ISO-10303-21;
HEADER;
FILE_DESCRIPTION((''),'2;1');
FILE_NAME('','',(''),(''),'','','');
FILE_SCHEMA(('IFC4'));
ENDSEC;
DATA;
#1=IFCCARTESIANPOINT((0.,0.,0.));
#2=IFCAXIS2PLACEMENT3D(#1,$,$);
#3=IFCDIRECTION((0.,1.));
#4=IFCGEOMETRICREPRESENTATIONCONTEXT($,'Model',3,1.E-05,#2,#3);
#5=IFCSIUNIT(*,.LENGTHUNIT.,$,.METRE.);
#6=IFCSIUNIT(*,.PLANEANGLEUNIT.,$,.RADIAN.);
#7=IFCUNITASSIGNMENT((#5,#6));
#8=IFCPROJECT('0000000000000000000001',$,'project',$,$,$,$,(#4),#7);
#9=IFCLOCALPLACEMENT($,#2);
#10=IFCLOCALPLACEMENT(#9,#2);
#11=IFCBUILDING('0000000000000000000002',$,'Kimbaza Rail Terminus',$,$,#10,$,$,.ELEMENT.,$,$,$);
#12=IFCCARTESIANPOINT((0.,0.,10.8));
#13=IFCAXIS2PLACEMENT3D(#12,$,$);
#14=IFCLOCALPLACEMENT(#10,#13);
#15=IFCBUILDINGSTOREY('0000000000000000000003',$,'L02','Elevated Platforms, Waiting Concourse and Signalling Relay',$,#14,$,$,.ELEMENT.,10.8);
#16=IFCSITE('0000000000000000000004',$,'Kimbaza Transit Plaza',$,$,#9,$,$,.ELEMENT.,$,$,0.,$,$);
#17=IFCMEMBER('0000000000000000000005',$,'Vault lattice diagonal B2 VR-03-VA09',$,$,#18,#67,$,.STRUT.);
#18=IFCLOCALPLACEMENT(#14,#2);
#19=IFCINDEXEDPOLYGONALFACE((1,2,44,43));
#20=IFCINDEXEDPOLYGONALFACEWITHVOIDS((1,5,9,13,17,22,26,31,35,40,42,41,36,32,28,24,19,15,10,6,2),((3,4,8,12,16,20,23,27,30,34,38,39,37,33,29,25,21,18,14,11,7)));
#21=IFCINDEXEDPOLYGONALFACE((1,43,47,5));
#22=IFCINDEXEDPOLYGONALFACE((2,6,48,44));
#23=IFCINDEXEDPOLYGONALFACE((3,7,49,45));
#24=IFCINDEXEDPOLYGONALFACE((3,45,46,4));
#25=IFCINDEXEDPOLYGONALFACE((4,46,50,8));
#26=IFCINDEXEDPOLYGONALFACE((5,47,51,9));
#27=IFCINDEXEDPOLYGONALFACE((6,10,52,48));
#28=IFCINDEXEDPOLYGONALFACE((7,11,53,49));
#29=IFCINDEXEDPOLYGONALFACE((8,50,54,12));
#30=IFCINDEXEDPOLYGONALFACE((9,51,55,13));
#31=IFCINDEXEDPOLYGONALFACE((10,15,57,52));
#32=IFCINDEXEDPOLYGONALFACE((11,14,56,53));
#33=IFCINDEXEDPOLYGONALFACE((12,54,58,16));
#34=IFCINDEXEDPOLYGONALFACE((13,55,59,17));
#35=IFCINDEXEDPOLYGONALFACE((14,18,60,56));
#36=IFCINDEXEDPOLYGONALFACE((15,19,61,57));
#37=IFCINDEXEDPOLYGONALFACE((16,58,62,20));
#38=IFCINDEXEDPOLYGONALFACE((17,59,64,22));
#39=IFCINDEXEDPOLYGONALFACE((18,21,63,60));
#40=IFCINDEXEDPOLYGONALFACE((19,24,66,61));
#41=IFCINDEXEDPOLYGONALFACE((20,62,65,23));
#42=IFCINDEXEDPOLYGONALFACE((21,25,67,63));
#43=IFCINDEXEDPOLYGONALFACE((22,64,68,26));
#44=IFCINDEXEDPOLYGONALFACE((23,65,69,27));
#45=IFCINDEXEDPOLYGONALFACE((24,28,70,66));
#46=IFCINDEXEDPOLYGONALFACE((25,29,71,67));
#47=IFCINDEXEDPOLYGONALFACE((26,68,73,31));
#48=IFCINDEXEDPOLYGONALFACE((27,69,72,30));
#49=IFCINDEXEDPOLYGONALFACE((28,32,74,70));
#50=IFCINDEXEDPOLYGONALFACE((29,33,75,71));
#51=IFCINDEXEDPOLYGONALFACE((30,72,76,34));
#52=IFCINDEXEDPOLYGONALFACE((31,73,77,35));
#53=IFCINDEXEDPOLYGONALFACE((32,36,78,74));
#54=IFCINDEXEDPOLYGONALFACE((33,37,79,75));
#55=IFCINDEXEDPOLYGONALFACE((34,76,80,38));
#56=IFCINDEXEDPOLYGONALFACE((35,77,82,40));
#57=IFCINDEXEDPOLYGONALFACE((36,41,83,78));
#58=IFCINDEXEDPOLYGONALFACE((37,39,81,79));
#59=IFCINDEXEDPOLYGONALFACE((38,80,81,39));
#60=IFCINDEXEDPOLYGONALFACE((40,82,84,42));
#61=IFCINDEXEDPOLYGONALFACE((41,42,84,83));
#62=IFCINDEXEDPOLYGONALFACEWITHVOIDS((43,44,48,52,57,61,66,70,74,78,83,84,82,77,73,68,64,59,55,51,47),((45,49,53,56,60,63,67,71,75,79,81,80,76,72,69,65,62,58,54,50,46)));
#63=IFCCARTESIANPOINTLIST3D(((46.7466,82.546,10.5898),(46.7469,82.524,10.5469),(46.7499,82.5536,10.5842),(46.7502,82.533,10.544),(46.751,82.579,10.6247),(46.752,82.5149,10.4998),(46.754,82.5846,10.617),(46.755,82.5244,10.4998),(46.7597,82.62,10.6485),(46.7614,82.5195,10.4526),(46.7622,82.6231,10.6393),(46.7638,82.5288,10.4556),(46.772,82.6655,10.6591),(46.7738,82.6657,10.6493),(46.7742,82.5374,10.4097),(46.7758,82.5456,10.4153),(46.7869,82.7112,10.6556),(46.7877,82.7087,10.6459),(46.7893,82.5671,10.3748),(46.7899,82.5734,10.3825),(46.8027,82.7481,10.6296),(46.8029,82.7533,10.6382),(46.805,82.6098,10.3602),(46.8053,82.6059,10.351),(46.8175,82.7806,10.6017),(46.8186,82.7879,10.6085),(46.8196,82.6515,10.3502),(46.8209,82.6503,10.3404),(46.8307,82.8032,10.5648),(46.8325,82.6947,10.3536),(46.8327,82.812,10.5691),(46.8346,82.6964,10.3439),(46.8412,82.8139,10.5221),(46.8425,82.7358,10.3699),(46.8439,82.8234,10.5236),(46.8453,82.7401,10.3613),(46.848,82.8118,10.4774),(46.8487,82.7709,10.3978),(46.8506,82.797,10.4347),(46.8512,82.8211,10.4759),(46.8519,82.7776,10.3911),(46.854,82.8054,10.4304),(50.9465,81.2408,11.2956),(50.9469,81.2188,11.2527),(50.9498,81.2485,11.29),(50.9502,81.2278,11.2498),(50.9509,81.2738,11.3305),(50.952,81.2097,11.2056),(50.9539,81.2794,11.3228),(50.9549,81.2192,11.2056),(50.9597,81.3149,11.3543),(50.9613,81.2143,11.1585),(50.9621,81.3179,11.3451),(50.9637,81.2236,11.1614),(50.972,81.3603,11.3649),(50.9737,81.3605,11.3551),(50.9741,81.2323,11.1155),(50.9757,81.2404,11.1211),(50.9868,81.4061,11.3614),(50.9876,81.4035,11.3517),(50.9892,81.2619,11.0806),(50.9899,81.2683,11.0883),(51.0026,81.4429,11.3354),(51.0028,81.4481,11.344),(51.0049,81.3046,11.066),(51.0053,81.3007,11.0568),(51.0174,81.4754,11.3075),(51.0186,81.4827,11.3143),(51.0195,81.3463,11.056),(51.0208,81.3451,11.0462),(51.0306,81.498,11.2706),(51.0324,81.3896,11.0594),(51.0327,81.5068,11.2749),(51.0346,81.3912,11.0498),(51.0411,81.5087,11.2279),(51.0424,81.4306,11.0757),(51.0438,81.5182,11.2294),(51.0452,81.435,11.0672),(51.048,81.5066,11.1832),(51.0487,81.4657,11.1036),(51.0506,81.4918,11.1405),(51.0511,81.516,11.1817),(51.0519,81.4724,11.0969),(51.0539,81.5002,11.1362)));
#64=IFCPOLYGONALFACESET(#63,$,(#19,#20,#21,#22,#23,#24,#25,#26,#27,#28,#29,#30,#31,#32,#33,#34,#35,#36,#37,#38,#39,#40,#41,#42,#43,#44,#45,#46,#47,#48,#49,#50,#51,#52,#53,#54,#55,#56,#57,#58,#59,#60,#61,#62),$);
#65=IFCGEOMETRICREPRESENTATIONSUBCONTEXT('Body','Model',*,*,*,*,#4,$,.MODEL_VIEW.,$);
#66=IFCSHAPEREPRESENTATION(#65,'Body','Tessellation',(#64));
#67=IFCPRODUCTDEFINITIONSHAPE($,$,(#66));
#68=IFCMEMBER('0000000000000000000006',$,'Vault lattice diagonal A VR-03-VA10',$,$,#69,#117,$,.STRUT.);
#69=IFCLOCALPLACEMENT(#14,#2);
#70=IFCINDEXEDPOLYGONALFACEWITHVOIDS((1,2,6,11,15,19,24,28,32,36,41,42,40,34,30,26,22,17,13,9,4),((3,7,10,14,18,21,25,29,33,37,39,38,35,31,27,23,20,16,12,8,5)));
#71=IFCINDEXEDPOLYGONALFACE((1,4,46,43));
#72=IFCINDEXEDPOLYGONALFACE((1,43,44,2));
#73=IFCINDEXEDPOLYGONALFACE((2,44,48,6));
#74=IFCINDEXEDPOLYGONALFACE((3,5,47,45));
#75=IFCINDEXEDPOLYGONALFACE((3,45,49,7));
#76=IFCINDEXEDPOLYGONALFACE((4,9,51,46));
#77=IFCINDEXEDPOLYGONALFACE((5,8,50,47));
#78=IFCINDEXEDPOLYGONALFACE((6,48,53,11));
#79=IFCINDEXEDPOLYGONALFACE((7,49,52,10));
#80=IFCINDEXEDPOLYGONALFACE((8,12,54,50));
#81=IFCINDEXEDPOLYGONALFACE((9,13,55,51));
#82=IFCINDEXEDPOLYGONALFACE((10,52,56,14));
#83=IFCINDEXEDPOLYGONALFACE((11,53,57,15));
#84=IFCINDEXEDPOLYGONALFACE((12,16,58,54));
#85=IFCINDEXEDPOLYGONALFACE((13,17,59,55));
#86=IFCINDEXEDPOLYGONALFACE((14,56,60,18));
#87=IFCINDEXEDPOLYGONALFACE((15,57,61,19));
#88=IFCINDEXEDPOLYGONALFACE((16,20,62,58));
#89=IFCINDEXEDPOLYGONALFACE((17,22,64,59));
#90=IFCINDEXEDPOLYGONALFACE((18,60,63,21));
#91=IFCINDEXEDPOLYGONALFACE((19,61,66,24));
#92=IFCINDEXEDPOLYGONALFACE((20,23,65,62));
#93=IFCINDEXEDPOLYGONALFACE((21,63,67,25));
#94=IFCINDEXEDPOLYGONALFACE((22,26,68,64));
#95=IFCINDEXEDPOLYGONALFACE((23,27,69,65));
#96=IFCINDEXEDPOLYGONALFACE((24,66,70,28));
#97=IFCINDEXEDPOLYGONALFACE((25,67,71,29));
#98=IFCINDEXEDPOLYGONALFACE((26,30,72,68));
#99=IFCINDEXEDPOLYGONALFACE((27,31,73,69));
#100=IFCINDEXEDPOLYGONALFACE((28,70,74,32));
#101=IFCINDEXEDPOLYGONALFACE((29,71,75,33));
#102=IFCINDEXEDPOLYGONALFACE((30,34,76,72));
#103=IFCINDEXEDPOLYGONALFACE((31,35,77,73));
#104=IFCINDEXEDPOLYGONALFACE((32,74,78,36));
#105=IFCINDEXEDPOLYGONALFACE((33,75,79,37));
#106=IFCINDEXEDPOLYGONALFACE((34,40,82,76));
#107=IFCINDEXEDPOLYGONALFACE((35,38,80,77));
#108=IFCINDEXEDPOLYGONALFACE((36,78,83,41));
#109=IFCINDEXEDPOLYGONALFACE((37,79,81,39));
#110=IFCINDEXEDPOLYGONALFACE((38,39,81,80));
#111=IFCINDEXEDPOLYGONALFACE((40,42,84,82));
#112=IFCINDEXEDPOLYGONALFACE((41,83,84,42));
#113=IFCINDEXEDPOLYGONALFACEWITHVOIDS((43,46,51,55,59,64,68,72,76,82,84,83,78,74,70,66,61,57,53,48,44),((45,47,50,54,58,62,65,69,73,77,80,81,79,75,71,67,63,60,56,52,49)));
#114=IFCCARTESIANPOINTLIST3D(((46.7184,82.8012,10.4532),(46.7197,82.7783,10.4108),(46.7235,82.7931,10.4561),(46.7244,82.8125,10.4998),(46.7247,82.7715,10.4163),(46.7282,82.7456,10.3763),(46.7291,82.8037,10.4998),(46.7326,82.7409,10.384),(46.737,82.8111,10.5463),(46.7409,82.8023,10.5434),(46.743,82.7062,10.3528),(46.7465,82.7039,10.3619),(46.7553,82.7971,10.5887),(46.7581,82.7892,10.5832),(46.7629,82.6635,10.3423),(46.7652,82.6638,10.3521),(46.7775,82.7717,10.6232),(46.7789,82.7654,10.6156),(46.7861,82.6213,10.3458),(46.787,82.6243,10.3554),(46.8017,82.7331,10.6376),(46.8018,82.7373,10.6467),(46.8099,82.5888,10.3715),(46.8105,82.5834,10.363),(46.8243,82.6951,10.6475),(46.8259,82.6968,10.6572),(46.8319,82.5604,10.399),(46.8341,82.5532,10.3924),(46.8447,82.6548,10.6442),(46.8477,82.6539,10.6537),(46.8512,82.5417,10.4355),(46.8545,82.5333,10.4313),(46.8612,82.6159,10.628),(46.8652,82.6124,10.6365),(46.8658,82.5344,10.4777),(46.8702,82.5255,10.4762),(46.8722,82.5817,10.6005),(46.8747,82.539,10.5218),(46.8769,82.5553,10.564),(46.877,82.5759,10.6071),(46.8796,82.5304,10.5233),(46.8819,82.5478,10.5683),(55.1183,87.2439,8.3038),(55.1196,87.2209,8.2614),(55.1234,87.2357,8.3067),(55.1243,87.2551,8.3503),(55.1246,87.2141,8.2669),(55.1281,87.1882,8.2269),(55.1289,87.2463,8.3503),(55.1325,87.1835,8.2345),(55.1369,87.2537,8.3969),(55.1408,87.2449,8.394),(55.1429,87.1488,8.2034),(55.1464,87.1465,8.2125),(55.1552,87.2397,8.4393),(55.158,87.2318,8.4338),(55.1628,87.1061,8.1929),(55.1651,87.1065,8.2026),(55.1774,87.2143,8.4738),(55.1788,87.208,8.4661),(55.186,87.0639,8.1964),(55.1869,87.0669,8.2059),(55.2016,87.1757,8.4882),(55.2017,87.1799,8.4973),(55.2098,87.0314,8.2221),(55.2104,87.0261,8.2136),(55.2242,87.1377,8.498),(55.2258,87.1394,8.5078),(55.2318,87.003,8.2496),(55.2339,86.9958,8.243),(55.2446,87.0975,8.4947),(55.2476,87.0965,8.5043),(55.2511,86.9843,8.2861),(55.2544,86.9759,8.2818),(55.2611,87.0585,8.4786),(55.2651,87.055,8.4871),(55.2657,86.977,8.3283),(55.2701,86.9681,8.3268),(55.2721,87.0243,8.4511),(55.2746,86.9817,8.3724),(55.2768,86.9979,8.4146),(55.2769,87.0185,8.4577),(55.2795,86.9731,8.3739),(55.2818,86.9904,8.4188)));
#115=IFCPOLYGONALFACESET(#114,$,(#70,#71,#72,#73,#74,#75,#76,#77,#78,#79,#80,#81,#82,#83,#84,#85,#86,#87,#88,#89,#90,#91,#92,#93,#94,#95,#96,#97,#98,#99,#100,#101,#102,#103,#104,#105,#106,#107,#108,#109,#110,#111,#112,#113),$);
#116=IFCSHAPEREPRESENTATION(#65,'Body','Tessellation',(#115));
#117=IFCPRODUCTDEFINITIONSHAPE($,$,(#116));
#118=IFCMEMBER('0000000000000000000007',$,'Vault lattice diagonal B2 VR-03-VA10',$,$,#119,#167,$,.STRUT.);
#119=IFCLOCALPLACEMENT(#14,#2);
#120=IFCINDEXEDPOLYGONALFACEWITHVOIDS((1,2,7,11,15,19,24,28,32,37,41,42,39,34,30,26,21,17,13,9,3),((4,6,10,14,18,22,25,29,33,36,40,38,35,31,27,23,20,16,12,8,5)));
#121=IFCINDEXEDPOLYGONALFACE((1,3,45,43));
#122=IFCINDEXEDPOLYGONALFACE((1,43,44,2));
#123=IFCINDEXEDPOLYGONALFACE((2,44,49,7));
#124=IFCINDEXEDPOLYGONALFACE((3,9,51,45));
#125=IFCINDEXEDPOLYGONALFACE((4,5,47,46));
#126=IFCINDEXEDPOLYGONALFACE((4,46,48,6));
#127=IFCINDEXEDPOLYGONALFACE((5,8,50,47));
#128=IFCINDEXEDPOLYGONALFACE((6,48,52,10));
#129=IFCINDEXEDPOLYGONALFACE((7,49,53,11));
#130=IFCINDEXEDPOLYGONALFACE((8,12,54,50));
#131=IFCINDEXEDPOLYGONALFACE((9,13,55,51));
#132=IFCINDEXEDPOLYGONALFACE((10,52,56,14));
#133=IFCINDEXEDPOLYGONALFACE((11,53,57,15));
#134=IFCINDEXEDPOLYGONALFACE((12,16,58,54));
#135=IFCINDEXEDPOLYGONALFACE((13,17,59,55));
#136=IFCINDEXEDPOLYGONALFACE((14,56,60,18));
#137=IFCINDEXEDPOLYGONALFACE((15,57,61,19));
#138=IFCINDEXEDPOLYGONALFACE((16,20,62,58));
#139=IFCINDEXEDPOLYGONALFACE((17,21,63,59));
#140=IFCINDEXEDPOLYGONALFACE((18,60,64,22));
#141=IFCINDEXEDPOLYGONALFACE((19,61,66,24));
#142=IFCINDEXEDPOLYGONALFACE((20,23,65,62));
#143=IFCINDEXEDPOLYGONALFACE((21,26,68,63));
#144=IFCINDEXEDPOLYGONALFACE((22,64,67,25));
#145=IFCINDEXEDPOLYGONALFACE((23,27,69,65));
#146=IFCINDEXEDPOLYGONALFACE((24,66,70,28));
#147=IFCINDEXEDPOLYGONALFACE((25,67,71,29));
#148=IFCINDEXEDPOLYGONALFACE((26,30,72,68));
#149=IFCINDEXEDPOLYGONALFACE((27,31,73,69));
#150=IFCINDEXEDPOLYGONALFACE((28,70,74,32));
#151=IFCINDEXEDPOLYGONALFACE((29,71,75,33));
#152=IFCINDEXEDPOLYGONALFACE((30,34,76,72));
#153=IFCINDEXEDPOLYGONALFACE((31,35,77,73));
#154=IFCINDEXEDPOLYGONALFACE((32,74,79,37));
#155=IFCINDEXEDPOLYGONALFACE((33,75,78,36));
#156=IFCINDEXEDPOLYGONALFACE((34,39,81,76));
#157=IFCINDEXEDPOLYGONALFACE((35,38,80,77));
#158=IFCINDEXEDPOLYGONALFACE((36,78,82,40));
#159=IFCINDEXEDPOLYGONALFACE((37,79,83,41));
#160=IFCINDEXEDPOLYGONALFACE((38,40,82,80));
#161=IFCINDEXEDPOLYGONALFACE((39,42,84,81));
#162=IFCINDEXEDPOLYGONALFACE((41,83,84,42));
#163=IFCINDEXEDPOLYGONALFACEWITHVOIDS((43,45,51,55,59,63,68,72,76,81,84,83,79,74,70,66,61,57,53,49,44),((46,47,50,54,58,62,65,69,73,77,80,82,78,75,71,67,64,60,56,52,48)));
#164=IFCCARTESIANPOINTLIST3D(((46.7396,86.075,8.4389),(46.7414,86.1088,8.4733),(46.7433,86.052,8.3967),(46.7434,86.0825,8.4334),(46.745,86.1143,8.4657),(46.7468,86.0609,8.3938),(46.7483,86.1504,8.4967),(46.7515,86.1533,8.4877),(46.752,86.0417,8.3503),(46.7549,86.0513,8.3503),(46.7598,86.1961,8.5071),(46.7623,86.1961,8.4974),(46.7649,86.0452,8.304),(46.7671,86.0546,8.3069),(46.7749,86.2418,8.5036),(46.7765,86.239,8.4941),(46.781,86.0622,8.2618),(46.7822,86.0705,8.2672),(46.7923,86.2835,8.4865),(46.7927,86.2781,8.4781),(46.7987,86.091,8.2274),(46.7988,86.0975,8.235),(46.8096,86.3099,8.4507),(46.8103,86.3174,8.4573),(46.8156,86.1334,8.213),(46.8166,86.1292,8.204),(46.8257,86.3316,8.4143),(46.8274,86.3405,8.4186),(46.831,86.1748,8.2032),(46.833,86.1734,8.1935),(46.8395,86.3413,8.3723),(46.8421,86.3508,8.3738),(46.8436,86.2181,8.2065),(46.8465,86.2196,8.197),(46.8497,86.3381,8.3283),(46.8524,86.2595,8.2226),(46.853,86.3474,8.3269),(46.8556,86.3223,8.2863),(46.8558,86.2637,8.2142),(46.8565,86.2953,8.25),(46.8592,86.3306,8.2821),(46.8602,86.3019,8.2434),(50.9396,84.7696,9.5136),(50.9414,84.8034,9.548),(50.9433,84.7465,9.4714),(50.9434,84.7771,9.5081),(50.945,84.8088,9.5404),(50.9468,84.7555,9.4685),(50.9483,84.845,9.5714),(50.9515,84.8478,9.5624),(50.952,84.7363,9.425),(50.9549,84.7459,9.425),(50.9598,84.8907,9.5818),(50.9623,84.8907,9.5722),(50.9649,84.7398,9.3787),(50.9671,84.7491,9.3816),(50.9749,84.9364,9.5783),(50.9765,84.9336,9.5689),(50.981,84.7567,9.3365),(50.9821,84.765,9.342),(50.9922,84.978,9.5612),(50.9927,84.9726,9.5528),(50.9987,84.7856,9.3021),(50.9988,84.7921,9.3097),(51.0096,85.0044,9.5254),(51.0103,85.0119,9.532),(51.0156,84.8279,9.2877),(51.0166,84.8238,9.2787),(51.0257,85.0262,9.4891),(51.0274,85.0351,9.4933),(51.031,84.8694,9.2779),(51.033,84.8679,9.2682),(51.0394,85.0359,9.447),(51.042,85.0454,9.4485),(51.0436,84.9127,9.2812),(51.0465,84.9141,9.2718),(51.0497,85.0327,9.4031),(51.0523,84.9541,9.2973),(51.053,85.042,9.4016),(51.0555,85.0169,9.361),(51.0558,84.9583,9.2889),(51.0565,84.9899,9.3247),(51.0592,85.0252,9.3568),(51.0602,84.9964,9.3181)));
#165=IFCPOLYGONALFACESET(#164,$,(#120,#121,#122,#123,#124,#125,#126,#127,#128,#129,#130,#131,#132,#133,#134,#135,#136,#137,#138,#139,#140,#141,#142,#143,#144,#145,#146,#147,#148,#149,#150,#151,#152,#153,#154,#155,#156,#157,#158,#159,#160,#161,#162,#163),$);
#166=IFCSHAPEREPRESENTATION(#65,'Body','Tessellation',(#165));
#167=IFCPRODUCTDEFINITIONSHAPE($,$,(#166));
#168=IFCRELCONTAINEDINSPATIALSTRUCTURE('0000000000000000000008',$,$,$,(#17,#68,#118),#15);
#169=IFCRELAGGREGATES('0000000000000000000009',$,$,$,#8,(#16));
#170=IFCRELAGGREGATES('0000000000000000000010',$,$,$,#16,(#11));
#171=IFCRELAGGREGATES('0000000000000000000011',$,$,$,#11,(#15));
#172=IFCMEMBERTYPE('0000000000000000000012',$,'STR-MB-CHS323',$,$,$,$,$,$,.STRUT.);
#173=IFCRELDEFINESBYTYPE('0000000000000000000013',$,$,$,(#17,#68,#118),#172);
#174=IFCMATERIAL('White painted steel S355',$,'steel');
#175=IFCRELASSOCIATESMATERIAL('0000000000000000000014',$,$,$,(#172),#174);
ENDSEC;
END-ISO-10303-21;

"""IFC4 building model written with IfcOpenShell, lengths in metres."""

from ifc_helpers import new_model, si_unit, direction, frame, origin, origin_2d, place, context, subcontext, project, spatial, hollow_circle, extrude, material, material_profile, profile_set, type_object, element, save


model = new_model("IFC4")

# Units and contexts
model_context = context("Model", 3, precision=1e-05, world=origin(), true_north=direction((0.0, 1.0)))
body_context = subcontext(model_context, "Body", "Model", "MODEL_VIEW")
ifc_project = project(units=[si_unit("LENGTHUNIT", "METRE"), si_unit("PLANEANGLEUNIT", "RADIAN")], contexts=[model_context])

# Site, building, storey
site_placement = place(None, origin())
site = spatial("IfcSite", under=ifc_project, at=site_placement, Name="Kimbaza Transit Plaza", CompositionType="ELEMENT", RefElevation=0.0)
building_placement = place(site_placement, origin())
building = spatial("IfcBuilding", under=site, at=building_placement, Name="Kimbaza Rail Terminus", CompositionType="ELEMENT")
storey_placement = place(building_placement, frame((0.0, 0.0, 10.8)))
storey = spatial("IfcBuildingStorey", under=building, at=storey_placement, Name="L02", Description="Elevated Platforms, Waiting Concourse and Signalling Relay", CompositionType="ELEMENT", Elevation=10.8)

# Members
ifc_material_1 = material(Name="White painted steel S355", Category="steel")
ifc_material_profile_1 = material_profile(ifc_material_1, hollow_circle(Radius=0.1619, WallThickness=0.01, at=origin_2d()), Name="CHS 323.9x10")
ifc_profile_set_1 = profile_set([ifc_material_profile_1], Name="White painted steel S355")
member_type_1 = type_object("IfcMemberType", Name="STR-MB-CHS323", PredefinedType="STRUT", material=ifc_profile_set_1)
member_1_placement = place(storey_placement, frame((51.0, 81.3643, 11.2056), z_axis=(-0.942887, 0.293011, -0.158454), x_axis=(-0.296761, -0.954952, 0.0)))
element("IfcMember", 1, at=member_1_placement, inside=storey, type_object=member_type_1, Name="Vault lattice diagonal B2 VR-03-VA09", PredefinedType="STRUT", context=body_context, shape_type="SweptSolid", body=[
    extrude(hollow_circle(Radius=0.1619, WallThickness=0.01, at=origin_2d()), origin(), (0.0, 0.0, 1.0), 4.4543),
])
member_2_placement = place(storey_placement, frame((46.8, 82.6694, 10.4998), z_axis=(0.862196, 0.456007, -0.220624), x_axis=(-0.467528, 0.883978, 0.0)))
element("IfcMember", 2, at=member_2_placement, inside=storey, type_object=member_type_1, Name="Vault lattice diagonal A VR-03-VA10", PredefinedType="STRUT", context=body_context, shape_type="SweptSolid", body=[
    extrude(hollow_circle(Radius=0.1619, WallThickness=0.01, at=origin_2d()), origin(), (0.0, 0.0, 1.0), 9.7424),
])
member_3_placement = place(storey_placement, frame((51.0, 84.8909, 9.425), z_axis=(-0.927643, 0.288328, -0.237371), x_axis=(-0.296811, -0.954936, 0.0)))
element("IfcMember", 3, at=member_3_placement, inside=storey, type_object=member_type_1, Name="Vault lattice diagonal B2 VR-03-VA10", PredefinedType="STRUT", context=body_context, shape_type="SweptSolid", body=[
    extrude(hollow_circle(Radius=0.1619, WallThickness=0.01, at=origin_2d()), origin(), (0.0, 0.0, 1.0), 4.5276),
])

save(model, "model.ifc")
